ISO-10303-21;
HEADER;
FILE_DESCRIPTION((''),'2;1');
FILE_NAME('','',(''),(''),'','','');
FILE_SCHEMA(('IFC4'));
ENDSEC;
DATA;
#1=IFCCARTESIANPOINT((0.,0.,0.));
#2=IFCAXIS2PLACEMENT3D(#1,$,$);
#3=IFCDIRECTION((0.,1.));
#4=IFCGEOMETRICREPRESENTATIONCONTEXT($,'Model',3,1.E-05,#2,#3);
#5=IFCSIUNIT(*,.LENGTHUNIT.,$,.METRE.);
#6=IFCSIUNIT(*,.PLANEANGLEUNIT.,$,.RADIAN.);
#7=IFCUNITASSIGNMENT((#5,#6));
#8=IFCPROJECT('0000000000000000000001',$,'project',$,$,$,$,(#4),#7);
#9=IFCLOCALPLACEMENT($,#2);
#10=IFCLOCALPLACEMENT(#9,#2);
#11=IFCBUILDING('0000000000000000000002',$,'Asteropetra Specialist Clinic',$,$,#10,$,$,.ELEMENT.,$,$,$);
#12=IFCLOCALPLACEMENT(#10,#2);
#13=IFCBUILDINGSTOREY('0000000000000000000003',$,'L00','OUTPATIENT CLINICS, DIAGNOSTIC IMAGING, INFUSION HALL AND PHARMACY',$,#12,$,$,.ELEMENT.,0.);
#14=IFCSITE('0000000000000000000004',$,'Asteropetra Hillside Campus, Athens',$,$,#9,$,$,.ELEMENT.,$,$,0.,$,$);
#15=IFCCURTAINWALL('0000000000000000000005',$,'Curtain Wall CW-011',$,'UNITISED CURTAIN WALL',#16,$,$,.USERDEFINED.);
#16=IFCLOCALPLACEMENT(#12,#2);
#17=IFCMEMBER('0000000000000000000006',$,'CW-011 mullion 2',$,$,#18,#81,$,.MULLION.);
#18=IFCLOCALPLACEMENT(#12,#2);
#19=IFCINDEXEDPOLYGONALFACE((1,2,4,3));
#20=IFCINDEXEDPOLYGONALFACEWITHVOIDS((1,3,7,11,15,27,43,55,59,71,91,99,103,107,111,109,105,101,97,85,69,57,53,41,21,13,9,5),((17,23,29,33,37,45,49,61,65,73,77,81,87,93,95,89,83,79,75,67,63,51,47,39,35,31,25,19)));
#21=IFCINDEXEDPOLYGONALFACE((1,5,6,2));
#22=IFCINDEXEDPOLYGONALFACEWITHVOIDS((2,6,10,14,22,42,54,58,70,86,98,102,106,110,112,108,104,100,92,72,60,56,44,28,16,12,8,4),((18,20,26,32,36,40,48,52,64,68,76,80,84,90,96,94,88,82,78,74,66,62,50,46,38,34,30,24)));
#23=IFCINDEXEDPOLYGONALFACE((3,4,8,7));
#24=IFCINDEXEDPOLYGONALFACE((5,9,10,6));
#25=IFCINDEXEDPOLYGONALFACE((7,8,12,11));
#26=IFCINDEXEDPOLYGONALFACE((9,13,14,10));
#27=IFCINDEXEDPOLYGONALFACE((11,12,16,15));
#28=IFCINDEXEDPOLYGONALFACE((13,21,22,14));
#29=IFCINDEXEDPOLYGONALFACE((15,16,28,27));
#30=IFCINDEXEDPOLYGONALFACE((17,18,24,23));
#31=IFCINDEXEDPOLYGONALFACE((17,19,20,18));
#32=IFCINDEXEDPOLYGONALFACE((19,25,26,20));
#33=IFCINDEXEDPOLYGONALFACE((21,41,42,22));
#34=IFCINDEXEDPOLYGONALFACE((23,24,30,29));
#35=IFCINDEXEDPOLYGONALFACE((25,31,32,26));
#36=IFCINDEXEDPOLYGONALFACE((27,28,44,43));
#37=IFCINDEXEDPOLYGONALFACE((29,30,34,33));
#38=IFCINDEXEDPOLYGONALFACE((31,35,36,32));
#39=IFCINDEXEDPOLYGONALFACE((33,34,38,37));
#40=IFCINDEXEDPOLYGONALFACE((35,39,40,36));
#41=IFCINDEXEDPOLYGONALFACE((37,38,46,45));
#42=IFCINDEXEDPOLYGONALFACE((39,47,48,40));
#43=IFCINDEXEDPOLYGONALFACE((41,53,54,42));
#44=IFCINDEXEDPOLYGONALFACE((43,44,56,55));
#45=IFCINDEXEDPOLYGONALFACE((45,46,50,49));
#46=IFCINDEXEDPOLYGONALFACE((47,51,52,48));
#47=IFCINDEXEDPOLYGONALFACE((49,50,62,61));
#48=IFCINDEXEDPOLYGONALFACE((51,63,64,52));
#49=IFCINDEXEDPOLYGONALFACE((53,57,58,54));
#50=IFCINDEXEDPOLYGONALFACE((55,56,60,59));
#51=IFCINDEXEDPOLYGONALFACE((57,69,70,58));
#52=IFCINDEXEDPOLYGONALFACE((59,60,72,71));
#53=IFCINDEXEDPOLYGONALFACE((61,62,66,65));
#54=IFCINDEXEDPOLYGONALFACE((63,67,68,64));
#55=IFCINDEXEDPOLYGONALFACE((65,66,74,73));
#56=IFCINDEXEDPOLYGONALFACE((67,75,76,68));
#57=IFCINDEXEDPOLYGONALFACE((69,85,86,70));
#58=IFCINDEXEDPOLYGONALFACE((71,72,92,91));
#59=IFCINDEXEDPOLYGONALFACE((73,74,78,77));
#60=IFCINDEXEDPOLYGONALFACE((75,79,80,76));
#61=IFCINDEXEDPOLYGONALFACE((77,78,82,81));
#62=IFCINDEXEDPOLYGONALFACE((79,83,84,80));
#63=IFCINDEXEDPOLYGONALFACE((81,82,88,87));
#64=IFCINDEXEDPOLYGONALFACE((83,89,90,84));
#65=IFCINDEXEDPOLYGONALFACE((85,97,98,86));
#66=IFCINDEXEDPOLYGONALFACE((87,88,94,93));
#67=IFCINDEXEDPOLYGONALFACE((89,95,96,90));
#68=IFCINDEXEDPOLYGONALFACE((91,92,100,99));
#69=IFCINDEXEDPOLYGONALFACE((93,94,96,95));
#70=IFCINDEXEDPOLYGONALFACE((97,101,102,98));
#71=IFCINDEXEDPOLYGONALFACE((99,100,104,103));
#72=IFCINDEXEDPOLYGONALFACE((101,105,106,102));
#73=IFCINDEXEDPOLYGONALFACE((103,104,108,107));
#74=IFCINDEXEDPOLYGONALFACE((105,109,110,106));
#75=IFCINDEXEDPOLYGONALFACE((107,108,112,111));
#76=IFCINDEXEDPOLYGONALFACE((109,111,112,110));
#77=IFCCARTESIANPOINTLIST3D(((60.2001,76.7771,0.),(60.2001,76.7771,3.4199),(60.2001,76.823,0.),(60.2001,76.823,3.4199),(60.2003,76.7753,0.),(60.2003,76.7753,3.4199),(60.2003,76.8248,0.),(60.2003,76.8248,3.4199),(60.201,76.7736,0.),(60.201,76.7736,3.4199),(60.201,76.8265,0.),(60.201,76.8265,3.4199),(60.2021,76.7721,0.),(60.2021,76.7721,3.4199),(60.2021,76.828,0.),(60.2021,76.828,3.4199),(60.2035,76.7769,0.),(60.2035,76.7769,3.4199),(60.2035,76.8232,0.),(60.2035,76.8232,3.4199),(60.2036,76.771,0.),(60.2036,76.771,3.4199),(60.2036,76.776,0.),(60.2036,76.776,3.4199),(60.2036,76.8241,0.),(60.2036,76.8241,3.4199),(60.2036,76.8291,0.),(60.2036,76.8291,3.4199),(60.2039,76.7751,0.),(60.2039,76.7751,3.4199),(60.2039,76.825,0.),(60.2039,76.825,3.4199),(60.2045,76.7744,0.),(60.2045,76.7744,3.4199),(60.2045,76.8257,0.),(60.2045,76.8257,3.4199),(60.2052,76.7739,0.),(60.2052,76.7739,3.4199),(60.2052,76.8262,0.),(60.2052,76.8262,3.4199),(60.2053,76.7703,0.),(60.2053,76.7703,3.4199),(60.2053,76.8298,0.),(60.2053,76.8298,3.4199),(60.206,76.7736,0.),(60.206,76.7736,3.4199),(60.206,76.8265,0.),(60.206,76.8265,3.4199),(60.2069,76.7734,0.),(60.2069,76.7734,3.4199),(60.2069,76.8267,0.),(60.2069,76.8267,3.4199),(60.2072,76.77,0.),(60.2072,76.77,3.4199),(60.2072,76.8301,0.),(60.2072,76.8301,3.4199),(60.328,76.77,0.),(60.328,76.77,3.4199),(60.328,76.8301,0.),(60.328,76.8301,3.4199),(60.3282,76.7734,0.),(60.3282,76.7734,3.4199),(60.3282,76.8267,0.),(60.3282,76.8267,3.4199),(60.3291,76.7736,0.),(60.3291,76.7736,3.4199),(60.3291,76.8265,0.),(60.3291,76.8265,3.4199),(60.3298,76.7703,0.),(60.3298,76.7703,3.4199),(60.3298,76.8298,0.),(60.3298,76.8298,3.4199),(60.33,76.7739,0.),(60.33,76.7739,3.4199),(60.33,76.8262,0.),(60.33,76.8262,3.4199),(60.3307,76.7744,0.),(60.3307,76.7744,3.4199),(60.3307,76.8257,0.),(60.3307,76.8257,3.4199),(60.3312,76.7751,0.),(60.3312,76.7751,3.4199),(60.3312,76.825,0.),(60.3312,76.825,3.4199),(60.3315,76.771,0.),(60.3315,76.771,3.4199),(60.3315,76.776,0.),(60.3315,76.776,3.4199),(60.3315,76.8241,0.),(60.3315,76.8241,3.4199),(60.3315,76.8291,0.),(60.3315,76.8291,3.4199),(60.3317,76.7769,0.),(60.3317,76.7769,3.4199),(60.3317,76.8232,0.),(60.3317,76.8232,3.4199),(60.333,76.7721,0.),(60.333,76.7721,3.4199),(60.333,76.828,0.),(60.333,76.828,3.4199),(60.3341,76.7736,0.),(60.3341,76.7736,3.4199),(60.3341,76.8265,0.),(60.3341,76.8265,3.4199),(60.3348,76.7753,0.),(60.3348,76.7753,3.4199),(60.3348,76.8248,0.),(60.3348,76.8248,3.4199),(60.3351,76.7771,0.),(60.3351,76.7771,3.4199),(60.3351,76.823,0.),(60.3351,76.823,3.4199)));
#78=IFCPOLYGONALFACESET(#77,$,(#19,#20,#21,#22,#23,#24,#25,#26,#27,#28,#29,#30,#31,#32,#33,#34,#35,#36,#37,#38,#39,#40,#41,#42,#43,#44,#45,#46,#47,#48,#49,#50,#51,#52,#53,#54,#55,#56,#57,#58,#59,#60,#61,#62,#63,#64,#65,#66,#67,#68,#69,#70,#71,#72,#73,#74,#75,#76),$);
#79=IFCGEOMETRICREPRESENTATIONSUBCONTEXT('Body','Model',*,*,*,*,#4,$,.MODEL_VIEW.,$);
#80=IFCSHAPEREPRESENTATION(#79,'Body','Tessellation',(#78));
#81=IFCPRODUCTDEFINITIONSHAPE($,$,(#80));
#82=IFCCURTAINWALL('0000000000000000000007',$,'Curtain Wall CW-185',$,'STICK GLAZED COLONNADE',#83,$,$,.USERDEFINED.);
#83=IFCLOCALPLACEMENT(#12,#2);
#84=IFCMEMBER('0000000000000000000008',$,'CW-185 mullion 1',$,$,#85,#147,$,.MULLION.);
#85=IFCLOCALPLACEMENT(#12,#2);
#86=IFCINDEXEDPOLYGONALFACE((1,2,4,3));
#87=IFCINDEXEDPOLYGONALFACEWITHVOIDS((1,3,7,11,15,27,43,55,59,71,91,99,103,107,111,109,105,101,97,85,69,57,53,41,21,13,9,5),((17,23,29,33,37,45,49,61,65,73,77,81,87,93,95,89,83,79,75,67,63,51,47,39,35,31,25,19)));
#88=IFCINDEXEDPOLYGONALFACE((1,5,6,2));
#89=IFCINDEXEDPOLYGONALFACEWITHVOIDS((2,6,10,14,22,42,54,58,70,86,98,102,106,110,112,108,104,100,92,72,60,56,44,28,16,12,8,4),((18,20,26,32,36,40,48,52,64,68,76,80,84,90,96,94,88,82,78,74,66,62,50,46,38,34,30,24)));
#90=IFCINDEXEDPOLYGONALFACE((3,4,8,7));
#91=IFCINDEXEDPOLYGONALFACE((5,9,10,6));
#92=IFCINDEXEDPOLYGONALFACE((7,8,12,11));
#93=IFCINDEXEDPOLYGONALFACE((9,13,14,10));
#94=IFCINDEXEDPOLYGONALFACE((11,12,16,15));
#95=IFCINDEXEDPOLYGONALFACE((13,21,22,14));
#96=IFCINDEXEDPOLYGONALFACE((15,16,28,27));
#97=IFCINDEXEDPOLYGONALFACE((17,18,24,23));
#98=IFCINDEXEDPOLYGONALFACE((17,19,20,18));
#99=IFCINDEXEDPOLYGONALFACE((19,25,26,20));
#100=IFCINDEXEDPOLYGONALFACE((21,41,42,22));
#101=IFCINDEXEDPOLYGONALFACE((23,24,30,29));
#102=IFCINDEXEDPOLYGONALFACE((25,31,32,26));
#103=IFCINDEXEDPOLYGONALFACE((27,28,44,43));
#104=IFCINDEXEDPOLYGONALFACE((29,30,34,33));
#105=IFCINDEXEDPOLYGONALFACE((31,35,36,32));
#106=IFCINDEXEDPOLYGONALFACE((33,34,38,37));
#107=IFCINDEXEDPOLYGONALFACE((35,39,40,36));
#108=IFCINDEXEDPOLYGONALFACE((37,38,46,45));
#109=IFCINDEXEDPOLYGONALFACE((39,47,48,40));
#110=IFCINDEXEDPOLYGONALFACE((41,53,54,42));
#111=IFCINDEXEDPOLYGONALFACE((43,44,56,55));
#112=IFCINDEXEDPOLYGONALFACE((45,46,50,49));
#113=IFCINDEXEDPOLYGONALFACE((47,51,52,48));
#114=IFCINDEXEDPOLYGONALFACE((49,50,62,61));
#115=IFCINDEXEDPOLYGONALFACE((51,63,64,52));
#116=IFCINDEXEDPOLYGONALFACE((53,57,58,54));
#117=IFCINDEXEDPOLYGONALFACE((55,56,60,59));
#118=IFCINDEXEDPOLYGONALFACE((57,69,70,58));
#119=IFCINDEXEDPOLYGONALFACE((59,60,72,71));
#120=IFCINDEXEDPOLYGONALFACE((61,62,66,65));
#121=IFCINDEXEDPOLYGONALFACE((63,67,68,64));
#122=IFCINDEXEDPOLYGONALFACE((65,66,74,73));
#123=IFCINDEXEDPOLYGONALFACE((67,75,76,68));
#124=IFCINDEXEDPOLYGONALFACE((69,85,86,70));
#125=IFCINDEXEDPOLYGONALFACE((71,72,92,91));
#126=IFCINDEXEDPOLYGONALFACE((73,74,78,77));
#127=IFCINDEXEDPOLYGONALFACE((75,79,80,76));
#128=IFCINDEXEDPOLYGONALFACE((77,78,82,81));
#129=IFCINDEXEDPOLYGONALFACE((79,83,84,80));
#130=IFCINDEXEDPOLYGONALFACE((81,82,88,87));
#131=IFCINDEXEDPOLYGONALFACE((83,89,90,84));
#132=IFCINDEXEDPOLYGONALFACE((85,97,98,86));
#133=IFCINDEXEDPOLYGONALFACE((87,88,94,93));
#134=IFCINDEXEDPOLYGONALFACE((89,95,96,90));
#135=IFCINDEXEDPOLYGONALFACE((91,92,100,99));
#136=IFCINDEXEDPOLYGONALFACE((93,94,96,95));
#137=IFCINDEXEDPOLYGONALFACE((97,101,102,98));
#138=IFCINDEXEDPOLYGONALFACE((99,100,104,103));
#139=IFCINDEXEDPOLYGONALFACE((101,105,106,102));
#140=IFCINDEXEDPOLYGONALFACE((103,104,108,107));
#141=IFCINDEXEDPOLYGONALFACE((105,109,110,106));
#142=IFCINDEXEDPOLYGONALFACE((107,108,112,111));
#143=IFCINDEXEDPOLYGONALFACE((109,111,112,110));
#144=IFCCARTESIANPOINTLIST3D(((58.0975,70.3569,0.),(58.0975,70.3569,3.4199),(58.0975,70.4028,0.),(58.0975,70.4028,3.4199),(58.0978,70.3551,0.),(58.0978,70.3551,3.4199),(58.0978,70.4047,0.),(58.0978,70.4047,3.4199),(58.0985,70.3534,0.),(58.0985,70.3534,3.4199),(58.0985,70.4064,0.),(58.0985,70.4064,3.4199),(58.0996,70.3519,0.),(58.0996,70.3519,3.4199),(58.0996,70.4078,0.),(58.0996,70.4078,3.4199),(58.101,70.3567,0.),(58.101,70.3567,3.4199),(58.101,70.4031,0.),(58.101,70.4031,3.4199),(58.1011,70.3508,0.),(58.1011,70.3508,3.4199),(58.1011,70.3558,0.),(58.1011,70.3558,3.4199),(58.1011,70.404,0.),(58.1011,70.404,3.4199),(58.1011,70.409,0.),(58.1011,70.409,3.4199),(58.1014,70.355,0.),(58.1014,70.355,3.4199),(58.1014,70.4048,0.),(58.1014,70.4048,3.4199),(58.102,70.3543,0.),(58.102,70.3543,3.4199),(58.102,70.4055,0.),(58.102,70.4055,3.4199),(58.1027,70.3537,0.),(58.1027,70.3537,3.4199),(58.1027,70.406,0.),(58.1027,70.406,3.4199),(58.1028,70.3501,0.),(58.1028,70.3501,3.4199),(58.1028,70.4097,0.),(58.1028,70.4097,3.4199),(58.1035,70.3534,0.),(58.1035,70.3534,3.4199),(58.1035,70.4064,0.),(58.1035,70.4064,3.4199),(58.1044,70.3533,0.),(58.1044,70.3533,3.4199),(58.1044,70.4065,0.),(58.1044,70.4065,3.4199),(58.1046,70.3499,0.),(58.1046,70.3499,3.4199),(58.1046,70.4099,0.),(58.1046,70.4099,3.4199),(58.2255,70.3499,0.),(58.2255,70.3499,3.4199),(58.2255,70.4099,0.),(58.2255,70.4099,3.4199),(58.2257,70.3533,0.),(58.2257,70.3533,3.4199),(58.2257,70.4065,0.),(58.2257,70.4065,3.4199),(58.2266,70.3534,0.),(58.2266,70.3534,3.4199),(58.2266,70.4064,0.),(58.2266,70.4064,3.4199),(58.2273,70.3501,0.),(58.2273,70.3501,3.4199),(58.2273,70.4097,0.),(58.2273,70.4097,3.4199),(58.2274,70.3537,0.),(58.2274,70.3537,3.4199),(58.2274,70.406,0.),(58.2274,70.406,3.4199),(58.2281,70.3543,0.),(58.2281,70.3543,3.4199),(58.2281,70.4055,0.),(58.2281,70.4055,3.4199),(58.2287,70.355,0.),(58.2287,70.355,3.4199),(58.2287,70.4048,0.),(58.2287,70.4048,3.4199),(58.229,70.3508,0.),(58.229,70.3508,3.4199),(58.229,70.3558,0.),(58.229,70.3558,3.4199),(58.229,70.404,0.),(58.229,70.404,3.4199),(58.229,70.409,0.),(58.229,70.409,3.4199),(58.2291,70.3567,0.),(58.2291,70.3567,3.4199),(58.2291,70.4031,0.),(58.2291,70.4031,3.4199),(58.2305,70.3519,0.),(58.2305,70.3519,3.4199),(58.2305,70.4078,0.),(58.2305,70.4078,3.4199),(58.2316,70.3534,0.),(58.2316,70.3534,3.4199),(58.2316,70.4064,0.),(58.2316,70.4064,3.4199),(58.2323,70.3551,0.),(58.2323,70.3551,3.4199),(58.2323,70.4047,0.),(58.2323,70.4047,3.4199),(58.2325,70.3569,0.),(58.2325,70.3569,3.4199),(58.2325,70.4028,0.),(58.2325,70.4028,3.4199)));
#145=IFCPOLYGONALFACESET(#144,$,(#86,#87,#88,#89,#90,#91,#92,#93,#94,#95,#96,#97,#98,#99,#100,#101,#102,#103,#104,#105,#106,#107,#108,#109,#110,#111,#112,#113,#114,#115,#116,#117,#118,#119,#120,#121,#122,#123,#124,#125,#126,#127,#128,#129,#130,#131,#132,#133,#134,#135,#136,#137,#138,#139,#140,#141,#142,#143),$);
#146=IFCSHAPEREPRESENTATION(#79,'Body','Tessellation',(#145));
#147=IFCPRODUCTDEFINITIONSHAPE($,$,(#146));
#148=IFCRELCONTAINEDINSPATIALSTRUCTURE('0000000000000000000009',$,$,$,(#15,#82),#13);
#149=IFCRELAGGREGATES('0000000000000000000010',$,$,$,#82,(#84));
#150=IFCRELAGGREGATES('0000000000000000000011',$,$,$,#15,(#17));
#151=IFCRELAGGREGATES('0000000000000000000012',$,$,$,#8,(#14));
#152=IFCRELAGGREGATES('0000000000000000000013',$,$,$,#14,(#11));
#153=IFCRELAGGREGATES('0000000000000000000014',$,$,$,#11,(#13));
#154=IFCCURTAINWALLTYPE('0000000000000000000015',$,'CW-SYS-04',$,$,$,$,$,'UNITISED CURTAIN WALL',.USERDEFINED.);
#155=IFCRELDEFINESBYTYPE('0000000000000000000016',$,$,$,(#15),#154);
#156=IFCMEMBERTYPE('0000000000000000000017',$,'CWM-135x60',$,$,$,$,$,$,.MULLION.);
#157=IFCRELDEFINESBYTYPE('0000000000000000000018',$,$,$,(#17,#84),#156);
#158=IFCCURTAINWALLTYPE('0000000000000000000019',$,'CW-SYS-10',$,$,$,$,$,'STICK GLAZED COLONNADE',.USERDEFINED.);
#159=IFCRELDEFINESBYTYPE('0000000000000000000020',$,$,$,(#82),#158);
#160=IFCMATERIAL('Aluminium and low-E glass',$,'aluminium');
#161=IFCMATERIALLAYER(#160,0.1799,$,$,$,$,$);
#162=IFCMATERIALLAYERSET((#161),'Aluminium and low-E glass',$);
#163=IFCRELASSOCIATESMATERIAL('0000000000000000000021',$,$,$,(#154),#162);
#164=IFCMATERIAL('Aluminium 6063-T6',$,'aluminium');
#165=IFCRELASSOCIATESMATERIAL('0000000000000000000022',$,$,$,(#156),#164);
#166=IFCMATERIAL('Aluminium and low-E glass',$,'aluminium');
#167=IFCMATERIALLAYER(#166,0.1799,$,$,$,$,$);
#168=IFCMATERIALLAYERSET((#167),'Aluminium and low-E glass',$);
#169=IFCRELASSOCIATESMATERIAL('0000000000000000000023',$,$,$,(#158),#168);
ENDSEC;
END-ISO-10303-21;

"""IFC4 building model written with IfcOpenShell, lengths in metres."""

from ifc_helpers import new_model, si_unit, direction, frame, origin, origin_2d, place, context, subcontext, project, spatial, hollow_rectangle, extrude, material, layer, layer_set, material_profile, profile_set, type_object, element, aggregate, save


model = new_model("IFC4")

# Units and contexts
model_context = context("Model", 3, precision=1e-05, world=origin(), true_north=direction((0.0, 1.0)))
body_context = subcontext(model_context, "Body", "Model", "MODEL_VIEW")
ifc_project = project(units=[si_unit("LENGTHUNIT", "METRE"), si_unit("PLANEANGLEUNIT", "RADIAN")], contexts=[model_context])

# Site, building, storey
site_placement = place(None, origin())
site = spatial("IfcSite", under=ifc_project, at=site_placement, Name="Asteropetra Hillside Campus, Athens", CompositionType="ELEMENT", RefElevation=0.0)
building_placement = place(site_placement, origin())
building = spatial("IfcBuilding", under=site, at=building_placement, Name="Asteropetra Specialist Clinic", CompositionType="ELEMENT")
storey_placement = place(building_placement, origin())
storey = spatial("IfcBuildingStorey", under=building, at=storey_placement, Name="L00", Description="OUTPATIENT CLINICS, DIAGNOSTIC IMAGING, INFUSION HALL AND PHARMACY", CompositionType="ELEMENT", Elevation=0.0)

# Curtain walls, members
ifc_material_1 = material(Name="Aluminium and low-E glass", Category="aluminium")
ifc_layer_1 = layer(ifc_material_1, 0.1799)
ifc_layer_set_1 = layer_set([ifc_layer_1], Name="Aluminium and low-E glass")
curtain_wall_type_1 = type_object("IfcCurtainWallType", Name="CW-SYS-04", ElementType="UNITISED CURTAIN WALL", PredefinedType="USERDEFINED", material=ifc_layer_set_1)
curtain_wall_1_placement = place(storey_placement, origin())
curtain_wall_1 = element("IfcCurtainWall", 1, at=curtain_wall_1_placement, inside=storey, type_object=curtain_wall_type_1, Name="Curtain Wall CW-011", ObjectType="UNITISED CURTAIN WALL", PredefinedType="USERDEFINED")
ifc_material_2 = material(Name="Aluminium 6063-T6", Category="aluminium")
ifc_material_profile_1 = material_profile(ifc_material_2, hollow_rectangle(XDim=0.0601, YDim=0.135, WallThickness=0.0034, InnerFilletRadius=0.0034, OuterFilletRadius=0.0071, at=origin_2d()), Name="MUL 135x60x3.5")
ifc_profile_set_1 = profile_set([ifc_material_profile_1], Name="Aluminium 6063-T6")
member_type_1 = type_object("IfcMemberType", Name="CWM-135x60", PredefinedType="MULLION", material=ifc_profile_set_1)
member_1_placement = place(storey_placement, frame((60.2676, 76.8, 0.0), z_axis=(0.0, 0.0, 1.0), x_axis=(0.0, 1.0, 0.0)))
member_1 = element("IfcMember", 2, at=member_1_placement, type_object=member_type_1, Name="CW-011 mullion 2", PredefinedType="MULLION", context=body_context, shape_type="SweptSolid", body=[
    extrude(hollow_rectangle(XDim=0.0601, YDim=0.135, WallThickness=0.0034, InnerFilletRadius=0.0034, OuterFilletRadius=0.0071, at=origin_2d()), origin(), (0.0, 0.0, 1.0), 3.4199),
])
ifc_material_3 = material(Name="Aluminium and low-E glass", Category="aluminium")
ifc_layer_2 = layer(ifc_material_3, 0.1799)
ifc_layer_set_2 = layer_set([ifc_layer_2], Name="Aluminium and low-E glass")
curtain_wall_type_2 = type_object("IfcCurtainWallType", Name="CW-SYS-10", ElementType="STICK GLAZED COLONNADE", PredefinedType="USERDEFINED", material=ifc_layer_set_2)
curtain_wall_2_placement = place(storey_placement, origin())
curtain_wall_2 = element("IfcCurtainWall", 3, at=curtain_wall_2_placement, inside=storey, type_object=curtain_wall_type_2, Name="Curtain Wall CW-185", ObjectType="STICK GLAZED COLONNADE", PredefinedType="USERDEFINED")
member_2_placement = place(storey_placement, frame((58.165, 70.3799, 0.0), z_axis=(0.0, 0.0, 1.0), x_axis=(0.0, 1.0, 0.0)))
member_2 = element("IfcMember", 4, at=member_2_placement, type_object=member_type_1, Name="CW-185 mullion 1", PredefinedType="MULLION", context=body_context, shape_type="SweptSolid", body=[
    extrude(hollow_rectangle(XDim=0.0601, YDim=0.135, WallThickness=0.0034, InnerFilletRadius=0.0034, OuterFilletRadius=0.0071, at=origin_2d()), origin(), (0.0, 0.0, 1.0), 3.4199),
])

aggregate(curtain_wall_2, [member_2])
aggregate(curtain_wall_1, [member_1])

save(model, "model.ifc")
